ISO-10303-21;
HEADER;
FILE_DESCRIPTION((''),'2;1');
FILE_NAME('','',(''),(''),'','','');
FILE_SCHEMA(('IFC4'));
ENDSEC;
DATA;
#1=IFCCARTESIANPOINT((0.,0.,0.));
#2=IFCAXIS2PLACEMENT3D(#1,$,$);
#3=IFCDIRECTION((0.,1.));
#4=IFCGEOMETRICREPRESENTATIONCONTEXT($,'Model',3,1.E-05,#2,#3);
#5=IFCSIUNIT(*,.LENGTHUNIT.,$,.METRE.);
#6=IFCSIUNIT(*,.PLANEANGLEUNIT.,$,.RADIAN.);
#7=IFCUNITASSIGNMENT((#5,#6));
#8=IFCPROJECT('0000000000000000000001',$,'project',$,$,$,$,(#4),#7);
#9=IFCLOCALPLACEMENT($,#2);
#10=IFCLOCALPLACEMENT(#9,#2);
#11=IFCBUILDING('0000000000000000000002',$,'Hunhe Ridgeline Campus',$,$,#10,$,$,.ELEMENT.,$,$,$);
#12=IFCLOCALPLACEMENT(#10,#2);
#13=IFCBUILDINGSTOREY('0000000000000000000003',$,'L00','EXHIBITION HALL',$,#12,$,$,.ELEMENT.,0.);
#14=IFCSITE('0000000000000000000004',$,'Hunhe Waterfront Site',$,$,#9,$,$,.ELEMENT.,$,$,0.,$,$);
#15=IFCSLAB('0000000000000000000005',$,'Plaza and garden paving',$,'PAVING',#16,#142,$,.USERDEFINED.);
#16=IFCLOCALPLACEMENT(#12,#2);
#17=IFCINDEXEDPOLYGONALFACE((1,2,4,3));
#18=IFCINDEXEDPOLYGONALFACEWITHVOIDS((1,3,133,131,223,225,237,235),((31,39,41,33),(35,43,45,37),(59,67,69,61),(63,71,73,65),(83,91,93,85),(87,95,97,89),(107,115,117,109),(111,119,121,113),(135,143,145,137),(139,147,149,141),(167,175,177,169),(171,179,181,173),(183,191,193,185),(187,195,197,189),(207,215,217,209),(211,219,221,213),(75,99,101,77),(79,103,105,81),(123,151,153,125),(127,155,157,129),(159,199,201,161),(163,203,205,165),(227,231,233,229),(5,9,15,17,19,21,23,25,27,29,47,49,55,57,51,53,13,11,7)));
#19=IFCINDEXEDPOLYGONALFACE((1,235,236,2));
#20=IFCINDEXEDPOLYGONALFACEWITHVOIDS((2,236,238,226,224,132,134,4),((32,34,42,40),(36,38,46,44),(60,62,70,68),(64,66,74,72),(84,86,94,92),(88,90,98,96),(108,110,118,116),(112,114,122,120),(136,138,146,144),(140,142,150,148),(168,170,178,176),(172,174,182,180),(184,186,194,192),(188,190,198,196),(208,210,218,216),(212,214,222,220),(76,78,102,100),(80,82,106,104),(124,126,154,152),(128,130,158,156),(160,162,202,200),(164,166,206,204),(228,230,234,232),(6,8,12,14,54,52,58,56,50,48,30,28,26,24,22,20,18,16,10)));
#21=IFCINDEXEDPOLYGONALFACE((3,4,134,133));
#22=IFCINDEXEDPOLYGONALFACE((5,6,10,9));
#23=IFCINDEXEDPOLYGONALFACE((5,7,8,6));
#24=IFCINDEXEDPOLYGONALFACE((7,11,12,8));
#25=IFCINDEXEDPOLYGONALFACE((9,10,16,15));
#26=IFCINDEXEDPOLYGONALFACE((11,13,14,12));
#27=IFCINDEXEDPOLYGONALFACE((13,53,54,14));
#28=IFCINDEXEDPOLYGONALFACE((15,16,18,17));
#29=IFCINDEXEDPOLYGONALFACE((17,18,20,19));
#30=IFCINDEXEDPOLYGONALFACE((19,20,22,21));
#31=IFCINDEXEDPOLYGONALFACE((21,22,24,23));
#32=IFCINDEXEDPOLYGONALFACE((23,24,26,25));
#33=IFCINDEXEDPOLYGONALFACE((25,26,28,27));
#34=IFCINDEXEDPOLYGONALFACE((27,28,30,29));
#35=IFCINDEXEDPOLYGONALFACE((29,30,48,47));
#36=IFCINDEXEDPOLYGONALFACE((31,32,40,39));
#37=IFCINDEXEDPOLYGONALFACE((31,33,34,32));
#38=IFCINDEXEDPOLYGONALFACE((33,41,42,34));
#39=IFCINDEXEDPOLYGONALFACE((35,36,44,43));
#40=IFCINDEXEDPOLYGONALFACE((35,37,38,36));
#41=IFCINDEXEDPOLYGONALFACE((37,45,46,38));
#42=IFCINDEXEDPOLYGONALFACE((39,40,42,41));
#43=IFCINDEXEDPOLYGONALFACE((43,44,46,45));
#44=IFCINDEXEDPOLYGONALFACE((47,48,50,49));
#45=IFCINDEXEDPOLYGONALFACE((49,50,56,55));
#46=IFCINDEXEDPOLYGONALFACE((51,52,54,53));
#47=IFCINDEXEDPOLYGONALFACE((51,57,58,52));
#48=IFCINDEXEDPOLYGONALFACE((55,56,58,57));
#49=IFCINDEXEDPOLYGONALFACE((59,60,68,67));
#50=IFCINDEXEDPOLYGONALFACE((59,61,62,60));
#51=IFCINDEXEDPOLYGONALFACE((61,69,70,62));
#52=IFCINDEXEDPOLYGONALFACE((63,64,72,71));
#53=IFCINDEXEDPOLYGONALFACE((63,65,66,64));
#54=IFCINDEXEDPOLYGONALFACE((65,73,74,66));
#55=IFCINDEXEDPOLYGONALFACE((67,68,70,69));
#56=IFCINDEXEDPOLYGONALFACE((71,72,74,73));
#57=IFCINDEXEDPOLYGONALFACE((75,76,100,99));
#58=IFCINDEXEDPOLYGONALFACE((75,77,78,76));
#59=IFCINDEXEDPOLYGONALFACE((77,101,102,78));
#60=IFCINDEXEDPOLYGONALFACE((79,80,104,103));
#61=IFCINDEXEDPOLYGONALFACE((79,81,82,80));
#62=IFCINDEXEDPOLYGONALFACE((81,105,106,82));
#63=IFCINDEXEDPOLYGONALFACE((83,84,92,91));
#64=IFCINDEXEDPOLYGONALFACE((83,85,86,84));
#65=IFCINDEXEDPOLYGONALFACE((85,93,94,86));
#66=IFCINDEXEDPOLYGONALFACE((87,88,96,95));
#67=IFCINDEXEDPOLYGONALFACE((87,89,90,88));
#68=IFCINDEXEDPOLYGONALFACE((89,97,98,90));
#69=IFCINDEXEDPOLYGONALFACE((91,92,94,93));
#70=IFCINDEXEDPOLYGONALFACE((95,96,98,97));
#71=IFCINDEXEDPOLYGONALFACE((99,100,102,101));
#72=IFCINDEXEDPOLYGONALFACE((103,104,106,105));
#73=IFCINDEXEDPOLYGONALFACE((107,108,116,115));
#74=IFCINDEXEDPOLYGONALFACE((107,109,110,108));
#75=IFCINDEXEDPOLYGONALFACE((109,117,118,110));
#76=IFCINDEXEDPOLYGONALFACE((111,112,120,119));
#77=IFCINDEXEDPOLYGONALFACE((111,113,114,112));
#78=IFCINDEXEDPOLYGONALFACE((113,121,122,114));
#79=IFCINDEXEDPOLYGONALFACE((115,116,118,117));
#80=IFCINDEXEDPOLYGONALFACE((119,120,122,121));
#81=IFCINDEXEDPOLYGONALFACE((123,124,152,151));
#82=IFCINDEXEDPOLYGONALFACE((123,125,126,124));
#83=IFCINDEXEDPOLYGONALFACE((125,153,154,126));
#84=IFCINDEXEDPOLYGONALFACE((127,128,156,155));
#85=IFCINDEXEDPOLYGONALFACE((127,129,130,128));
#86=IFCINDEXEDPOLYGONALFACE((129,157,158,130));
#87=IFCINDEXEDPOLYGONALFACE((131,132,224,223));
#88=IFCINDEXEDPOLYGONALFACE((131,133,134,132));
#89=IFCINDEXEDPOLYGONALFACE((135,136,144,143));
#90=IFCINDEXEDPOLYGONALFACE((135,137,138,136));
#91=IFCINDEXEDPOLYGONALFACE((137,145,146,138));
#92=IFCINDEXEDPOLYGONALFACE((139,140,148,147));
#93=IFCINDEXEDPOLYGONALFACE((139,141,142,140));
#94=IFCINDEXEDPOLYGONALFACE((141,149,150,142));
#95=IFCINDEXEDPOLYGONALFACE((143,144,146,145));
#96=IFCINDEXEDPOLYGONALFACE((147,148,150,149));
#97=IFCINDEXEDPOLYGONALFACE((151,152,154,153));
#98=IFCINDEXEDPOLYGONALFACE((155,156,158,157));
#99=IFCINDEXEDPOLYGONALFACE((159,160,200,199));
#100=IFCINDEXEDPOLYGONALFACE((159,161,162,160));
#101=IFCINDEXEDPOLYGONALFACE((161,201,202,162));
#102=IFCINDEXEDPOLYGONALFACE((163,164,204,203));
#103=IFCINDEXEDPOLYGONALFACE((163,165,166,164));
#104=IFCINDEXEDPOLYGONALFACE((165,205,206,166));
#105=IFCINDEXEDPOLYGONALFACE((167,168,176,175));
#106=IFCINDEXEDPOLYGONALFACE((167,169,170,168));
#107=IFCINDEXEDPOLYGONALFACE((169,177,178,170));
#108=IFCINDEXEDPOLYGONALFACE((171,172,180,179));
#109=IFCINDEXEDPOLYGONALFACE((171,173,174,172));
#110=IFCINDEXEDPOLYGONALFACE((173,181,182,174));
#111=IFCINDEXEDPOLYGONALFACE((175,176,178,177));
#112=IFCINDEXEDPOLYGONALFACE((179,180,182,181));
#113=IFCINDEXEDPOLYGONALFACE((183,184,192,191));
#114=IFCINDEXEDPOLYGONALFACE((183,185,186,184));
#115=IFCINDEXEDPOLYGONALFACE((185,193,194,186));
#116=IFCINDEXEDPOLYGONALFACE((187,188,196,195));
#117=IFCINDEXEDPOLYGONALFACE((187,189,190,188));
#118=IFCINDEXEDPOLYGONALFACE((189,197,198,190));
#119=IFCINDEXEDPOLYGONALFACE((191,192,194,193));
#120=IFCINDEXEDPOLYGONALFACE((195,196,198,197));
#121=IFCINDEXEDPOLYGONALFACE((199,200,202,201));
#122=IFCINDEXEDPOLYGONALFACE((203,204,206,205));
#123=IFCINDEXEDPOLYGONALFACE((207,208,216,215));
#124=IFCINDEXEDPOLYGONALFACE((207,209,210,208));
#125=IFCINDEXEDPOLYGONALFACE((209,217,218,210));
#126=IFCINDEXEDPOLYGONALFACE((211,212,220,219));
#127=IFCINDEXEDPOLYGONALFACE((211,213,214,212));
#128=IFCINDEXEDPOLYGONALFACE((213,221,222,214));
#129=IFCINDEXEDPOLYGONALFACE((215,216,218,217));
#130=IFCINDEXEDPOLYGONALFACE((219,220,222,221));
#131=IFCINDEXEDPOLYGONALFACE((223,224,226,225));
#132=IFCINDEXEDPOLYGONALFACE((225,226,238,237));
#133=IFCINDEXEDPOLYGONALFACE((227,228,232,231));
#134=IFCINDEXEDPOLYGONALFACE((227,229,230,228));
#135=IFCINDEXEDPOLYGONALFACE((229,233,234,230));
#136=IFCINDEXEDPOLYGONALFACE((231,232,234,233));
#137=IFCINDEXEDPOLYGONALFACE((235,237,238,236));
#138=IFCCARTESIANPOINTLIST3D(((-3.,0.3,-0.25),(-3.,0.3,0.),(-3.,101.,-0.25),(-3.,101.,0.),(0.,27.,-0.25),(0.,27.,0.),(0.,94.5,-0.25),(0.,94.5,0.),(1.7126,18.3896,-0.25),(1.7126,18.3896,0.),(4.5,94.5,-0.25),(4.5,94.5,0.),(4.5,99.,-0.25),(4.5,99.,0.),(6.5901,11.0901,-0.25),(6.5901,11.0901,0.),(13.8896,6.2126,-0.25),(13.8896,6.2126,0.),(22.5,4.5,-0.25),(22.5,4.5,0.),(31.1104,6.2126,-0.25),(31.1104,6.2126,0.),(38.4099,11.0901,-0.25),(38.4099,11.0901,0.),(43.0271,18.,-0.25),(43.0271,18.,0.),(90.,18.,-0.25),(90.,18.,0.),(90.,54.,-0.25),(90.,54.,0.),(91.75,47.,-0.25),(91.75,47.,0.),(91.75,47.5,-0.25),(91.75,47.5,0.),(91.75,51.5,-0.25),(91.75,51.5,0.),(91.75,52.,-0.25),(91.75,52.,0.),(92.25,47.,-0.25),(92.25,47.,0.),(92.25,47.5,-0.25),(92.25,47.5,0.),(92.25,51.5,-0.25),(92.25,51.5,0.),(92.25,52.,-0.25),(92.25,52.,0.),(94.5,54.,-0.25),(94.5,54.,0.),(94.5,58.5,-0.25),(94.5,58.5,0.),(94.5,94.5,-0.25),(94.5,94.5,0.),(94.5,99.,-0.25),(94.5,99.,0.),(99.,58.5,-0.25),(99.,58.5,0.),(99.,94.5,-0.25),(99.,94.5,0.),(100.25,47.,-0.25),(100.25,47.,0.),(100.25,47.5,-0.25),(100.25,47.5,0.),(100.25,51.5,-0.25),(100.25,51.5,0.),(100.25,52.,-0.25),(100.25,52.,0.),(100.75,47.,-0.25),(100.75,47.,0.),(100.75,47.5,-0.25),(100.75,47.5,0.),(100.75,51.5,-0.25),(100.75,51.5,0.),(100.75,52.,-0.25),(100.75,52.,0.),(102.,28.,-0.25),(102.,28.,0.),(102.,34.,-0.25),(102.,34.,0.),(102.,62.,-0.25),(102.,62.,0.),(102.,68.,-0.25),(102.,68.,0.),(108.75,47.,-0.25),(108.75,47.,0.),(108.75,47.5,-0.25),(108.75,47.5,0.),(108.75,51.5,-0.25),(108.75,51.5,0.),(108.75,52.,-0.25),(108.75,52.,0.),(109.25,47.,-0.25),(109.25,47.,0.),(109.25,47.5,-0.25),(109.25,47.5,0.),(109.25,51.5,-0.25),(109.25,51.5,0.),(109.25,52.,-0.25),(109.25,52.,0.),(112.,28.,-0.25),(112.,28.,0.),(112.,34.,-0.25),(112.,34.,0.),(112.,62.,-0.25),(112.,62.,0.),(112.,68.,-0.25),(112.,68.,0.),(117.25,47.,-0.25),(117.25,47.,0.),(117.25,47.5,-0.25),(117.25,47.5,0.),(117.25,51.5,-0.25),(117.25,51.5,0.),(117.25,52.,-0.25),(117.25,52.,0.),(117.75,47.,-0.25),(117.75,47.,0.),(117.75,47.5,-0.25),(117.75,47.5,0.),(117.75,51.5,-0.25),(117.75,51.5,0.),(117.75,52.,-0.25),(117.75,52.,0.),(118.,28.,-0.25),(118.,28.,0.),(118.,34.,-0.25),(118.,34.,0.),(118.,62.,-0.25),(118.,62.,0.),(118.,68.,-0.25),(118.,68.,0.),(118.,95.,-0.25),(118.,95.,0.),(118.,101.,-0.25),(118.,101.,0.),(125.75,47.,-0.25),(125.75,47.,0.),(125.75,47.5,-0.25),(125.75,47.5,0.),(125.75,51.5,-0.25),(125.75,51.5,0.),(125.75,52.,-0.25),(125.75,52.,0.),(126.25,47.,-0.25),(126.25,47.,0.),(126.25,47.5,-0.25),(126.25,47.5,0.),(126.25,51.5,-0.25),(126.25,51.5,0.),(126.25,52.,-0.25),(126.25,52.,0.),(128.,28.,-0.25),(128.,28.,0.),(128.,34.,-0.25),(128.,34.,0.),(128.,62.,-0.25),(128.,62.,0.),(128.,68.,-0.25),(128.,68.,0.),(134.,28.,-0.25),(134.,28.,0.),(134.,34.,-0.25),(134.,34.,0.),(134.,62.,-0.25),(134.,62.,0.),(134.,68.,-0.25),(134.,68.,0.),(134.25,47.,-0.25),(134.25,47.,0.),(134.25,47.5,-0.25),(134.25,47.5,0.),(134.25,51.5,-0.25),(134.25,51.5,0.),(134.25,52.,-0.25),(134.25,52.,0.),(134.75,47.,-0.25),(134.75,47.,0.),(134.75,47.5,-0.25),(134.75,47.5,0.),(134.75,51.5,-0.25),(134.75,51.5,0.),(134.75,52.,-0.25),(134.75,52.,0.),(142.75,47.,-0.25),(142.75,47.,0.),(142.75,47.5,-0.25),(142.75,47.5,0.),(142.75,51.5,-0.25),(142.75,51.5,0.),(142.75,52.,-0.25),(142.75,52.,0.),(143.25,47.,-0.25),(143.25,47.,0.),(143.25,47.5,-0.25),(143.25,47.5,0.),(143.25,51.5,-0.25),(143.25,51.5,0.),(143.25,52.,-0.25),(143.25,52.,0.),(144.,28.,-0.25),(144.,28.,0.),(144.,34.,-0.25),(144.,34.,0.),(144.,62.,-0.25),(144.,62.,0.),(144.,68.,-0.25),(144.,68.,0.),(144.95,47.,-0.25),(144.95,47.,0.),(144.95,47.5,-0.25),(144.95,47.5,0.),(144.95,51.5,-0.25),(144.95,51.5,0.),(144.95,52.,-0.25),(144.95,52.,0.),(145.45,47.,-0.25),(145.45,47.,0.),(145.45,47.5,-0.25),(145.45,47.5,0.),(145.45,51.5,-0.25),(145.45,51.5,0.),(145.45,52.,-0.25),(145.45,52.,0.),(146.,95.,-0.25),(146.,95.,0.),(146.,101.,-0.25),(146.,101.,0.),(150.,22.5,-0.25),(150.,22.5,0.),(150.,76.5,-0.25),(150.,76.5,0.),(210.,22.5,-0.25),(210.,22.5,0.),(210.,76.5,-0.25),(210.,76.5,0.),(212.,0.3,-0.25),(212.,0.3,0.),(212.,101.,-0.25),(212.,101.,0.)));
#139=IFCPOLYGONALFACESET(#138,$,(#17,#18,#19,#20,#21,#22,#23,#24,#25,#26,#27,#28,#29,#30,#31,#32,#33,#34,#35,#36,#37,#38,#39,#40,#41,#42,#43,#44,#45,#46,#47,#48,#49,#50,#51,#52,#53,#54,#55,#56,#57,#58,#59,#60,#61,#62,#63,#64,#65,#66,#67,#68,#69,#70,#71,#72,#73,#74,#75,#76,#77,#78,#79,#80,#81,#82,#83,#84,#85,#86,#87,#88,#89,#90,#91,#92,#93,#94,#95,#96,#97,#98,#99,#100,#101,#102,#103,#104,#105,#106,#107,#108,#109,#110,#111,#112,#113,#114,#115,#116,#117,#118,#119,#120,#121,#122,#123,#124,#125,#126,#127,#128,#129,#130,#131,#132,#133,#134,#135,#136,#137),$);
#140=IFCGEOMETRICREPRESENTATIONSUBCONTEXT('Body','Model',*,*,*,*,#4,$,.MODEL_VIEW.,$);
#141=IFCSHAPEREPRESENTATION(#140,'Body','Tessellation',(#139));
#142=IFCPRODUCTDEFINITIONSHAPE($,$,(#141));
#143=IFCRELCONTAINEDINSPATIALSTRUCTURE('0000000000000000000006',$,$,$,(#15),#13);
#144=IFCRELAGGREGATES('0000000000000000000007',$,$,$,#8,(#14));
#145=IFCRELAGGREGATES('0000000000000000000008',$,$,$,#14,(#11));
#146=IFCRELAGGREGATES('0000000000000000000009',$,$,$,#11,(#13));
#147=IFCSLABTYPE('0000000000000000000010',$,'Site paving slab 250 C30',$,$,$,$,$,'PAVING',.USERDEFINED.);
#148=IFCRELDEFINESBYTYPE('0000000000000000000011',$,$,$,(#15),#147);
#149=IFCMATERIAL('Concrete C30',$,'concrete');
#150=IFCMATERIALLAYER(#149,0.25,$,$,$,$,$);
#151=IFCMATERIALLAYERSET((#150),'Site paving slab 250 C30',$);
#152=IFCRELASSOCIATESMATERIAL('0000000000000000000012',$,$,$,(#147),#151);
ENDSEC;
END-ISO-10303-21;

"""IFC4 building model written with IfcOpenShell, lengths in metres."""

from ifc_helpers import new_model, si_unit, direction, frame, origin, place, context, subcontext, project, spatial, polyline, outline, extrude, material, layer, layer_set, type_object, element, save


model = new_model("IFC4")

# Units and contexts
model_context = context("Model", 3, precision=1e-05, world=origin(), true_north=direction((0.0, 1.0)))
body_context = subcontext(model_context, "Body", "Model", "MODEL_VIEW")
ifc_project = project(units=[si_unit("LENGTHUNIT", "METRE"), si_unit("PLANEANGLEUNIT", "RADIAN")], contexts=[model_context])

# Site, building, storey
site_placement = place(None, origin())
site = spatial("IfcSite", under=ifc_project, at=site_placement, Name="Hunhe Waterfront Site", CompositionType="ELEMENT", RefElevation=0.0)
building_placement = place(site_placement, origin())
building = spatial("IfcBuilding", under=site, at=building_placement, Name="Hunhe Ridgeline Campus", CompositionType="ELEMENT")
storey_placement = place(building_placement, origin())
storey = spatial("IfcBuildingStorey", under=building, at=storey_placement, Name="L00", Description="EXHIBITION HALL", CompositionType="ELEMENT", Elevation=0.0)

# Slab
ifc_material_1 = material(Name="Concrete C30", Category="concrete")
ifc_layer_1 = layer(ifc_material_1, 0.25)
ifc_layer_set_1 = layer_set([ifc_layer_1], Name="Site paving slab 250 C30")
slab_type_1 = type_object("IfcSlabType", Name="Site paving slab 250 C30", ElementType="PAVING", PredefinedType="USERDEFINED", material=ifc_layer_set_1)
slab_1_placement = place(storey_placement, frame((0.0, 0.0, -0.25)))
element("IfcSlab", 1, at=slab_1_placement, inside=storey, type_object=slab_type_1, Name="Plaza and garden paving", ObjectType="PAVING", PredefinedType="USERDEFINED", context=body_context, shape_type="SweptSolid", body=[
    extrude(outline(polyline([(146.0, 101.0), (146.0, 95.0), (118.0, 95.0), (118.0, 101.0), (-3.0, 101.0), (-3.0, 0.3), (212.0, 0.3), (212.0, 101.0), (146.0, 101.0)]), holes=[polyline([(112.0, 34.0), (102.0, 34.0), (102.0, 28.0), (112.0, 28.0), (112.0, 34.0)]), polyline([(128.0, 28.0), (128.0, 34.0), (118.0, 34.0), (118.0, 28.0), (128.0, 28.0)]), polyline([(92.25, 47.0), (92.25, 47.5), (91.75, 47.5), (91.75, 47.0), (92.25, 47.0)]), polyline([(100.75, 47.5), (100.25, 47.5), (100.25, 47.0), (100.75, 47.0), (100.75, 47.5)]), polyline([(109.25, 47.0), (109.25, 47.5), (108.75, 47.5), (108.75, 47.0), (109.25, 47.0)]), polyline([(117.75, 47.0), (117.75, 47.5), (117.25, 47.5), (117.25, 47.0), (117.75, 47.0)]), polyline([(22.5, 4.5), (31.1104, 6.2126), (38.4099, 11.0901), (43.0271, 18.0), (90.0, 18.0), (90.0, 54.0), (94.5, 54.0), (94.5, 58.5), (99.0, 58.5), (99.0, 94.5), (94.5, 94.5), (94.5, 99.0), (4.5, 99.0), (4.5, 94.5), (0.0, 94.5), (0.0, 27.0), (1.7126, 18.3896), (6.5901, 11.0901), (13.8896, 6.2126), (22.5, 4.5)]), polyline([(92.25, 51.5), (92.25, 52.0), (91.75, 52.0), (91.75, 51.5), (92.25, 51.5)]), polyline([(100.75, 51.5), (100.75, 52.0), (100.25, 52.0), (100.25, 51.5), (100.75, 51.5)]), polyline([(109.25, 52.0), (108.75, 52.0), (108.75, 51.5), (109.25, 51.5), (109.25, 52.0)]), polyline([(117.75, 51.5), (117.75, 52.0), (117.25, 52.0), (117.25, 51.5), (117.75, 51.5)]), polyline([(112.0, 62.0), (112.0, 68.0), (102.0, 68.0), (102.0, 62.0), (112.0, 62.0)]), polyline([(128.0, 68.0), (118.0, 68.0), (118.0, 62.0), (128.0, 62.0), (128.0, 68.0)]), polyline([(144.0, 28.0), (144.0, 34.0), (134.0, 34.0), (134.0, 28.0), (144.0, 28.0)]), polyline([(126.25, 47.0), (126.25, 47.5), (125.75, 47.5), (125.75, 47.0), (126.25, 47.0)]), polyline([(134.75, 47.5), (134.25, 47.5), (134.25, 47.0), (134.75, 47.0), (134.75, 47.5)]), polyline([(143.25, 47.0), (143.25, 47.5), (142.75, 47.5), (142.75, 47.0), (143.25, 47.0)]), polyline([(145.45, 47.0), (145.45, 47.5), (144.95, 47.5), (144.95, 47.0), (145.45, 47.0)]), polyline([(210.0, 22.5), (210.0, 76.5), (150.0, 76.5), (150.0, 22.5), (210.0, 22.5)]), polyline([(126.25, 51.5), (126.25, 52.0), (125.75, 52.0), (125.75, 51.5), (126.25, 51.5)]), polyline([(134.75, 51.5), (134.75, 52.0), (134.25, 52.0), (134.25, 51.5), (134.75, 51.5)]), polyline([(143.25, 51.5), (143.25, 52.0), (142.75, 52.0), (142.75, 51.5), (143.25, 51.5)]), polyline([(145.45, 51.5), (145.45, 52.0), (144.95, 52.0), (144.95, 51.5), (145.45, 51.5)]), polyline([(144.0, 62.0), (144.0, 68.0), (134.0, 68.0), (134.0, 62.0), (144.0, 62.0)])]), origin(), (0.0, 0.0, 1.0), 0.25),
])

save(model, "model.ifc")
